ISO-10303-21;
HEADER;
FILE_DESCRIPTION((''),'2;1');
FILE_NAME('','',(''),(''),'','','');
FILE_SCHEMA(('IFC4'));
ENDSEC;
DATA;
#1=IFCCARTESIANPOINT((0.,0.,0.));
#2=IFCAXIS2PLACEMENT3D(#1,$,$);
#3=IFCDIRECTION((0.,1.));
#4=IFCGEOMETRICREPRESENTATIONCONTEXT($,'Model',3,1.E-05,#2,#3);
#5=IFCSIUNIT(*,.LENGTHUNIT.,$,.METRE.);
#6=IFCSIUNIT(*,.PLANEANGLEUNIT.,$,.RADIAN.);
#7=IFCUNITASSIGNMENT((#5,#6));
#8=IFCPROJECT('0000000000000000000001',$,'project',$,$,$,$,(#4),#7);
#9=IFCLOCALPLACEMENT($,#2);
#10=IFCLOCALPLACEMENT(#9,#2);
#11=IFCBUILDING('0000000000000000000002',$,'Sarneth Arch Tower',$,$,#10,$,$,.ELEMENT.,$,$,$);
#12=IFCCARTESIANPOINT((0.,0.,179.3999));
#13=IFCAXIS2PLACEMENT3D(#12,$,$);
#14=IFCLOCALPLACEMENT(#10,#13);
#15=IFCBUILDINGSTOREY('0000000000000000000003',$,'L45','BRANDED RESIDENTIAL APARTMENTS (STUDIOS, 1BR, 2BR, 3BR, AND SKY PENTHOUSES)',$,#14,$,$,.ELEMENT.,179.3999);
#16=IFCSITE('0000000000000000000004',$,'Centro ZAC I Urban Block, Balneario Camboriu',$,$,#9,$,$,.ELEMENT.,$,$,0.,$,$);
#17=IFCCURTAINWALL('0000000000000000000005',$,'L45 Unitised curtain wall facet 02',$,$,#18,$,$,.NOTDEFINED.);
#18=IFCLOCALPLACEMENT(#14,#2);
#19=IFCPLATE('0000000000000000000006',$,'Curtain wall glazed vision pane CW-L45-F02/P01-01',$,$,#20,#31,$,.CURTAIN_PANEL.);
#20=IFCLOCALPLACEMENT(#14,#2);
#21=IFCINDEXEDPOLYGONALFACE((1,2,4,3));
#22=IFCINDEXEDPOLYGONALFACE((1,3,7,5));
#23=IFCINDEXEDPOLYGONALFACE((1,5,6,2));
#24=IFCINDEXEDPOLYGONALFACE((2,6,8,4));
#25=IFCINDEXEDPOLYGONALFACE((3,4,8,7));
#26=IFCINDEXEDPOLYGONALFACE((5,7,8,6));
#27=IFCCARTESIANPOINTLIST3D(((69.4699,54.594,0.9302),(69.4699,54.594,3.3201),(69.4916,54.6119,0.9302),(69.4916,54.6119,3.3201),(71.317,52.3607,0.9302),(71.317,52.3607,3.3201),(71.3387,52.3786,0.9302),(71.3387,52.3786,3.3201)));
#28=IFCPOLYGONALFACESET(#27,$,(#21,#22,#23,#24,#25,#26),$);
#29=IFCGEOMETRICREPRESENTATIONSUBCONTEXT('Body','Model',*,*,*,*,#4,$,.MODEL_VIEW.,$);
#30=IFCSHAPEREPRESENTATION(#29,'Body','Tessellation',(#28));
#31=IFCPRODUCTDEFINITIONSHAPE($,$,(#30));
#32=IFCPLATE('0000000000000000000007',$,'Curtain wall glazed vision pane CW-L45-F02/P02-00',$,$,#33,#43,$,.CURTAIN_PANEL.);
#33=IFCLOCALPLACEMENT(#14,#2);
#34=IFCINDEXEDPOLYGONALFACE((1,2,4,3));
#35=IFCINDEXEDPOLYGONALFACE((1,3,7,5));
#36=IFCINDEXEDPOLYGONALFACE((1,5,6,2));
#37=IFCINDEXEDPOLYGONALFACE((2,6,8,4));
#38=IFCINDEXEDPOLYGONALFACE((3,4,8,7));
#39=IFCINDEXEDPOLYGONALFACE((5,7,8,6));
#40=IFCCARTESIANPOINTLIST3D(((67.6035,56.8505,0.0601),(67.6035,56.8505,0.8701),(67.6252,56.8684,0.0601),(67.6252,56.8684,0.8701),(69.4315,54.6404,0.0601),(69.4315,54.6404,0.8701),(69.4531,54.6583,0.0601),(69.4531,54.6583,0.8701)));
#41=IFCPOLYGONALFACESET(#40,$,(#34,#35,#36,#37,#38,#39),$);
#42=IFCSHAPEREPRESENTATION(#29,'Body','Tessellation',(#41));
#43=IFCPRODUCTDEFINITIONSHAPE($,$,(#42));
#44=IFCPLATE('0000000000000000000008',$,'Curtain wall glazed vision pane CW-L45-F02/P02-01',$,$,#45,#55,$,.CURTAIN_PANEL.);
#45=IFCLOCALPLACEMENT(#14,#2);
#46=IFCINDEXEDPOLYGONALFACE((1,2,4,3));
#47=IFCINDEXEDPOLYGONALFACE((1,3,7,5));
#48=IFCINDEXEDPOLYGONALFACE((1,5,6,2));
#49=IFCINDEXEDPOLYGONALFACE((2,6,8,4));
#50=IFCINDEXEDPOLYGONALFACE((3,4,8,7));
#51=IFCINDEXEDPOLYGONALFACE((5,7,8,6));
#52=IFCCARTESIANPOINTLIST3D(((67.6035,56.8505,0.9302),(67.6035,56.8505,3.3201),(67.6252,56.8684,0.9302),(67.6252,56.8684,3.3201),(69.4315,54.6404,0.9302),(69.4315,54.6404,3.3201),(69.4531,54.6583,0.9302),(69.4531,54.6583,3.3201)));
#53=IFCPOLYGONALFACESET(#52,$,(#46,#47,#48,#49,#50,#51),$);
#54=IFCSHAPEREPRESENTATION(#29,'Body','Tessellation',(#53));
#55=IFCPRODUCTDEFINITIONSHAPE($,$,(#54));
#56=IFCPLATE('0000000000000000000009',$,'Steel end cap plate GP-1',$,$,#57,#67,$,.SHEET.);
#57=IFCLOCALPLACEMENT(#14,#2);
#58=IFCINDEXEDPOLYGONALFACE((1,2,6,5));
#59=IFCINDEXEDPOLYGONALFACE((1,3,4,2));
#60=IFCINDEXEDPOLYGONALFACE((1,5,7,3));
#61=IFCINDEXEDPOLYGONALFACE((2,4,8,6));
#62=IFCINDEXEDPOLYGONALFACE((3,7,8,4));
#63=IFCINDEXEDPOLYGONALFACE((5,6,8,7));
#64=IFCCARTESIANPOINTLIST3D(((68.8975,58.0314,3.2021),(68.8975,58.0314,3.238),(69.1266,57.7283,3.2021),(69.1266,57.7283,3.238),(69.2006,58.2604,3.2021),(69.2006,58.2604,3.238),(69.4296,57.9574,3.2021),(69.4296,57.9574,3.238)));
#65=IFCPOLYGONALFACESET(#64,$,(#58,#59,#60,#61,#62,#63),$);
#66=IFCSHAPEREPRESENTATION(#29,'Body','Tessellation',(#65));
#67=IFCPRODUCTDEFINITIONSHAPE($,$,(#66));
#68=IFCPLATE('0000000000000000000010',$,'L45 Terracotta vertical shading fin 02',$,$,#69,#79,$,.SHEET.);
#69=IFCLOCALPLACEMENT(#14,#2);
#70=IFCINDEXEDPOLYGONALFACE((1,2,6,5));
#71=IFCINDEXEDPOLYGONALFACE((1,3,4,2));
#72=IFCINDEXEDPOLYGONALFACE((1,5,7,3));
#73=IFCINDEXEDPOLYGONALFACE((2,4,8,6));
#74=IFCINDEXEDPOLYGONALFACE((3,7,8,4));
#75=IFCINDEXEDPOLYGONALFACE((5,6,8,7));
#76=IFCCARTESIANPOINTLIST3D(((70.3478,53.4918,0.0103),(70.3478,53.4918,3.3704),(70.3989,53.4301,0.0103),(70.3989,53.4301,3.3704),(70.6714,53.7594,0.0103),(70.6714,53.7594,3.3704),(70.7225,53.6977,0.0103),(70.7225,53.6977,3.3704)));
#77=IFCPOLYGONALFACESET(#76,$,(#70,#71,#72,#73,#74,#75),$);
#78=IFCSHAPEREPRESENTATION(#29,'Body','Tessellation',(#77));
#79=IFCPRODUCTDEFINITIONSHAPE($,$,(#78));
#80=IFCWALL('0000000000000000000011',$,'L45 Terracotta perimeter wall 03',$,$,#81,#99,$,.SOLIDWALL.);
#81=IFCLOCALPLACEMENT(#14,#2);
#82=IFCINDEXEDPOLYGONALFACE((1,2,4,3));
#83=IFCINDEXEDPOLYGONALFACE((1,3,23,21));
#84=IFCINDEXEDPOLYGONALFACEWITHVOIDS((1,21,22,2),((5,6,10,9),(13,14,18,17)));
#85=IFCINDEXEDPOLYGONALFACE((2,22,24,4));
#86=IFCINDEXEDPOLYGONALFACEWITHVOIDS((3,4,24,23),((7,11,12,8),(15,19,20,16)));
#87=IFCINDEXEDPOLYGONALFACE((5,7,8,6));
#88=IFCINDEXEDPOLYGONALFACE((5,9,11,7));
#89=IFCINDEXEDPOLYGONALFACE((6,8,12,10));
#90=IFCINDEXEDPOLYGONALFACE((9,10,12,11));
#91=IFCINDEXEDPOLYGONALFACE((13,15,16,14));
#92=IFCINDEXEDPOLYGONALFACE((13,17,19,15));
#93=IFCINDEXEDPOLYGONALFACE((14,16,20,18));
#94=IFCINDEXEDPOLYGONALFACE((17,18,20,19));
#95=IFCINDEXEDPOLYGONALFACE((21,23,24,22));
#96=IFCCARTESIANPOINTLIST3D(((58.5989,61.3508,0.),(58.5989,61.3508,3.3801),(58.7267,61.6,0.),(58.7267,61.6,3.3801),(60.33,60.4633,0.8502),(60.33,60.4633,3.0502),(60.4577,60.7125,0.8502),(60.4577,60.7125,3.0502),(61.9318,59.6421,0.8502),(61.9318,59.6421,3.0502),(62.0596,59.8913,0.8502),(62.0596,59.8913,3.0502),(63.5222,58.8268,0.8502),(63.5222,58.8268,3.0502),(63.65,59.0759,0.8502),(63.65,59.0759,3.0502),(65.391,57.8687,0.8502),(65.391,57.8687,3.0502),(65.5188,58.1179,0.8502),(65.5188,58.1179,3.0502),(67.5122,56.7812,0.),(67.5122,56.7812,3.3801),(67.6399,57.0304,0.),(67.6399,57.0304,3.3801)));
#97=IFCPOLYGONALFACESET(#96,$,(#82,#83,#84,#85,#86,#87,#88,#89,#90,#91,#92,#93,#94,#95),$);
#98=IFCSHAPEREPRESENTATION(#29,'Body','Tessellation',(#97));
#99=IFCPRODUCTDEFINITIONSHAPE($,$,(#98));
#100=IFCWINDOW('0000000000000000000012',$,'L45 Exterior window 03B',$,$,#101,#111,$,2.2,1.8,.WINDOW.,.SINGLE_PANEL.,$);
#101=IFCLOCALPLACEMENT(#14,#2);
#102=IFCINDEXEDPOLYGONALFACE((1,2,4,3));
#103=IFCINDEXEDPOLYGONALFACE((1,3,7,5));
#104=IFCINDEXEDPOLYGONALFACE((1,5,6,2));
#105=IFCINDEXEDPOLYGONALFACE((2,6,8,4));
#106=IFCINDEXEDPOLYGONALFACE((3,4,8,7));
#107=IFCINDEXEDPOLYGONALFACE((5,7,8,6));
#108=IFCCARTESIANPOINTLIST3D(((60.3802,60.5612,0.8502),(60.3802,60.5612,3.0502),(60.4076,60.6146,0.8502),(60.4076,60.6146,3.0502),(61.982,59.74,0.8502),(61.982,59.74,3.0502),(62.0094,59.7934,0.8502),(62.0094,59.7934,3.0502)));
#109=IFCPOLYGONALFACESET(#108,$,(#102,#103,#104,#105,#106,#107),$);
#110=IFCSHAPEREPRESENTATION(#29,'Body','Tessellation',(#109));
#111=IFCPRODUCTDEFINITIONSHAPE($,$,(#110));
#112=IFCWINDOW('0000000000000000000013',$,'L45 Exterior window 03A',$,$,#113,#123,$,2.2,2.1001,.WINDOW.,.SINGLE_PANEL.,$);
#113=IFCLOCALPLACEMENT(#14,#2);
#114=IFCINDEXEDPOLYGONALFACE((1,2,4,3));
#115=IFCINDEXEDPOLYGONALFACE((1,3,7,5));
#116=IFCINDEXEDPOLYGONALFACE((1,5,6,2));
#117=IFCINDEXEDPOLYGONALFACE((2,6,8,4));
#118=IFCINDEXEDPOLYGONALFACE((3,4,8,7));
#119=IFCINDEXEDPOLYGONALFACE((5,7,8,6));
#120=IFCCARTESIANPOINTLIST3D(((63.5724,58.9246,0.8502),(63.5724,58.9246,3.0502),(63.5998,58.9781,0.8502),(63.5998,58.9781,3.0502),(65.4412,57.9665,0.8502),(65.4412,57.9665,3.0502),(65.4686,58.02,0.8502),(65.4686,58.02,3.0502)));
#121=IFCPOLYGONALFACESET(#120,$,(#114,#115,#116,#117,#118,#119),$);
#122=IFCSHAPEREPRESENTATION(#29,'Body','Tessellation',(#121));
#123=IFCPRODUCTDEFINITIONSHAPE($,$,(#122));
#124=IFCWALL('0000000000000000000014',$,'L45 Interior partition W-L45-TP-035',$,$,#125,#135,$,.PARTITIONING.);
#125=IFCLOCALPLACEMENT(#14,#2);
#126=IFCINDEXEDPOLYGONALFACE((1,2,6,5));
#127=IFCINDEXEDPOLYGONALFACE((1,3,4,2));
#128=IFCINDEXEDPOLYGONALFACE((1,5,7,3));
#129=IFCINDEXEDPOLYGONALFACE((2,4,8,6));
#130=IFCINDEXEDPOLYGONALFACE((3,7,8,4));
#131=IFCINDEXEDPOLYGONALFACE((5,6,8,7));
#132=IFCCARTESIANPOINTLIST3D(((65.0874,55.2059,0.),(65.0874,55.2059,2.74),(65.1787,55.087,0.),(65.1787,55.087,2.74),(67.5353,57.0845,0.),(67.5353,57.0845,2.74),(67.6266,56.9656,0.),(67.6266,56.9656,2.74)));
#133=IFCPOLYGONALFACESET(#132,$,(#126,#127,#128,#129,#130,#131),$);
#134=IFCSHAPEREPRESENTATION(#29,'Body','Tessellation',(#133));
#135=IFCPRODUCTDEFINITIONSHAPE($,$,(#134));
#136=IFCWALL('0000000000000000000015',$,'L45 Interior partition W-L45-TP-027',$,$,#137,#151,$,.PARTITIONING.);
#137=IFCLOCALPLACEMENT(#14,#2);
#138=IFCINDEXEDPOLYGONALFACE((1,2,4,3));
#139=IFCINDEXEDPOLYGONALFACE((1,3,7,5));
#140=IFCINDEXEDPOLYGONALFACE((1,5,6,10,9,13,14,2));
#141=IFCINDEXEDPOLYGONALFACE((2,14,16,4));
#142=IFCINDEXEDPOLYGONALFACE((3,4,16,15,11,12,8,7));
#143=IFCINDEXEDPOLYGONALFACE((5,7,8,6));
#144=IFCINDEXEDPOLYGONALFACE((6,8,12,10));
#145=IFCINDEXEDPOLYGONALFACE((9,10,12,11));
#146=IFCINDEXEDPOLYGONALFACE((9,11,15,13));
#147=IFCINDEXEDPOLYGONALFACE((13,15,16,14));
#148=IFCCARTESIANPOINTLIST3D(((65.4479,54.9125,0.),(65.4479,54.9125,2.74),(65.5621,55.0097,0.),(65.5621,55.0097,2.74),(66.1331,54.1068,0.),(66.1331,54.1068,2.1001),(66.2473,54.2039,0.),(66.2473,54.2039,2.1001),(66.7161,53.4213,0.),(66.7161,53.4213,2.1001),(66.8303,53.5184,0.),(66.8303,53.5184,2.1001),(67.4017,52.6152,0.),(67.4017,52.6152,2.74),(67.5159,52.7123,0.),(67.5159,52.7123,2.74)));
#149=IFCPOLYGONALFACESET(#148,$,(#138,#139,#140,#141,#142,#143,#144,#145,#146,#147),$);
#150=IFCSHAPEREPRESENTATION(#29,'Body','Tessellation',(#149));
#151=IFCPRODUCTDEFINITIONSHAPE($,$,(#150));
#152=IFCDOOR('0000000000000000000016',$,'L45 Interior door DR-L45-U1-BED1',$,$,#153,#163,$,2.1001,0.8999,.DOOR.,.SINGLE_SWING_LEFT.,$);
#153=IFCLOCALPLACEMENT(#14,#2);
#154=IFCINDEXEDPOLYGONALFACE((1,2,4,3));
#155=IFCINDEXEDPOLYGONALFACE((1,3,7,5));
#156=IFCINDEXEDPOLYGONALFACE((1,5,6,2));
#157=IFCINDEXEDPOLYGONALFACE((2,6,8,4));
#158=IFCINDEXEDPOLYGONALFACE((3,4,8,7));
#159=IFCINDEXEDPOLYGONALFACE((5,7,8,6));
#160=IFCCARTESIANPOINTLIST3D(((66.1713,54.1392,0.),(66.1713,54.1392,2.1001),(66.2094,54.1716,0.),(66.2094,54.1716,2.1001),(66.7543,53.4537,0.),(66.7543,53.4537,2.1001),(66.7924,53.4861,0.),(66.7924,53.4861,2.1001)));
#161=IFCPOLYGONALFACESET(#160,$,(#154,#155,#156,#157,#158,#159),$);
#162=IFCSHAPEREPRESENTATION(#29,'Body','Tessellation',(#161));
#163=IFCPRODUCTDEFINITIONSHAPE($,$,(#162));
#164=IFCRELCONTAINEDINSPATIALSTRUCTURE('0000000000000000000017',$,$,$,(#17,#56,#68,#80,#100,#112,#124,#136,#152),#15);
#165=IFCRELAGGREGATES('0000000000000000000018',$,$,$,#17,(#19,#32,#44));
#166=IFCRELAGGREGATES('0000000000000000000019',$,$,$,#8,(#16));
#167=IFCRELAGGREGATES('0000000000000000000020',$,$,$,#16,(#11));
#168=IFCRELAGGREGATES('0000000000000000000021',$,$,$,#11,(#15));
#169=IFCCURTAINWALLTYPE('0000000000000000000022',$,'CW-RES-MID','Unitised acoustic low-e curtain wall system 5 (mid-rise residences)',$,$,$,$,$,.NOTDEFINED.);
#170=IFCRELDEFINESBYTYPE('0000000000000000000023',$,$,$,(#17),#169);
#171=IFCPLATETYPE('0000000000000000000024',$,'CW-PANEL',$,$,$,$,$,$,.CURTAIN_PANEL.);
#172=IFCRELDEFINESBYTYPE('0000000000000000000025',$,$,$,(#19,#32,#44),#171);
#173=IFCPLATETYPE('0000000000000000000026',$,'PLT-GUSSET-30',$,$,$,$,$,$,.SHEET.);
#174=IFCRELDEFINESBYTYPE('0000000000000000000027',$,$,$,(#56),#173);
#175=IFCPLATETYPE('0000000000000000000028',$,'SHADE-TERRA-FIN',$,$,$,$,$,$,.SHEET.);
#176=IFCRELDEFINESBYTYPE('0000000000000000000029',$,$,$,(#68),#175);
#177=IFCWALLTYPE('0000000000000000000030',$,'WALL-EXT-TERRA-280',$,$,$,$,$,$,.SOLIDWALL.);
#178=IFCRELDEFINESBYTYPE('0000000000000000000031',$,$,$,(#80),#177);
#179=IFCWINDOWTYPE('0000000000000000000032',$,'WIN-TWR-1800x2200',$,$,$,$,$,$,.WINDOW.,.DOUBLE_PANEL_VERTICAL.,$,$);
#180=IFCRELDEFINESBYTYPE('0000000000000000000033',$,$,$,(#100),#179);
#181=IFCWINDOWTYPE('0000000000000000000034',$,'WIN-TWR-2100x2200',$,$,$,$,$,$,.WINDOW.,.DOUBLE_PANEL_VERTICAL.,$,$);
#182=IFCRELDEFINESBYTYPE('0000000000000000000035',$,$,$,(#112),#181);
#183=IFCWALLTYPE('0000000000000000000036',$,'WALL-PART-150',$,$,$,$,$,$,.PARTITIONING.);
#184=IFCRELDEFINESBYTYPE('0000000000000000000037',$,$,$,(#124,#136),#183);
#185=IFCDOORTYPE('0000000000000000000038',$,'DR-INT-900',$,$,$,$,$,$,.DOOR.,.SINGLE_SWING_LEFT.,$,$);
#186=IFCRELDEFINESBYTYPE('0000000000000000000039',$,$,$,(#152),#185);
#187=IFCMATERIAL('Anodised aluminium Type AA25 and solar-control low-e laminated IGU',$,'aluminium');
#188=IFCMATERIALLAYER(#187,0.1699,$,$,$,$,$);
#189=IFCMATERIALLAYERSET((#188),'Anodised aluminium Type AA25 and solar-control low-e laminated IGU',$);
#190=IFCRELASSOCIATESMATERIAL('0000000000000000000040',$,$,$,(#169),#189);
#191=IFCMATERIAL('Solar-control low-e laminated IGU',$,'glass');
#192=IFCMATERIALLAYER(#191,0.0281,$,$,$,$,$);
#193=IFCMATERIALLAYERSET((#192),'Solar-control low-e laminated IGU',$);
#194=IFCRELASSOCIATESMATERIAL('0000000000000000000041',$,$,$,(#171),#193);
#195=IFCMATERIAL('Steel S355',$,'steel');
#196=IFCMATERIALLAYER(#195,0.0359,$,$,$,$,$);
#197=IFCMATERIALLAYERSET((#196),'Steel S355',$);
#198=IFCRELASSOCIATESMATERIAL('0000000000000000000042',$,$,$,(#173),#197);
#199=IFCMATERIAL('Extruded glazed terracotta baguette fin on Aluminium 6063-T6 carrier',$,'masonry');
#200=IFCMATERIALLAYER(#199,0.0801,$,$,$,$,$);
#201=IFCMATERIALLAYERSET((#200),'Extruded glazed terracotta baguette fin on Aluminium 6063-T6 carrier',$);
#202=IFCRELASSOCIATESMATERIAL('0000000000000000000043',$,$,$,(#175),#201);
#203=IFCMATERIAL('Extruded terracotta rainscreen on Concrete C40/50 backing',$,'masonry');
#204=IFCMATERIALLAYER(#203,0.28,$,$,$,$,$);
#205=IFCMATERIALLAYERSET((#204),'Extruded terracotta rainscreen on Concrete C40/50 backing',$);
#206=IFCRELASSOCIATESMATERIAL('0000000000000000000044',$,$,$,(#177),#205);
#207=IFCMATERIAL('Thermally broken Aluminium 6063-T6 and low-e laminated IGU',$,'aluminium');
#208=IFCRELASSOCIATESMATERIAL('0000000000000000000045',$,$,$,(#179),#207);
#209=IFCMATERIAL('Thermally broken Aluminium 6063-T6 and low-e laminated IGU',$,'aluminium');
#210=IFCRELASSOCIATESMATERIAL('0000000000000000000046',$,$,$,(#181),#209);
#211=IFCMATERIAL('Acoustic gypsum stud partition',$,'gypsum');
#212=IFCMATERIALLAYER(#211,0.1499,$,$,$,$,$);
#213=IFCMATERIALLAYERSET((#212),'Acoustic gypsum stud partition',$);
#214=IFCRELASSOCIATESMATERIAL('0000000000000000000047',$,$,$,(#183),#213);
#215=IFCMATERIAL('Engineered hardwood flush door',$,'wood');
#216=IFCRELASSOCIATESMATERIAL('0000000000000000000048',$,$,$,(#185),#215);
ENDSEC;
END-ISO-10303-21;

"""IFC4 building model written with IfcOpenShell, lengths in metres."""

from ifc_helpers import new_model, si_unit, direction, frame, frame_2d, origin, origin_2d, place, context, subcontext, project, spatial, rectangle, extrude, material, layer, layer_set, type_object, element, fill, aggregate, save


model = new_model("IFC4")

# Units and contexts
model_context = context("Model", 3, precision=1e-05, world=origin(), true_north=direction((0.0, 1.0)))
body_context = subcontext(model_context, "Body", "Model", "MODEL_VIEW")
ifc_project = project(units=[si_unit("LENGTHUNIT", "METRE"), si_unit("PLANEANGLEUNIT", "RADIAN")], contexts=[model_context])

# Site, building, storey
site_placement = place(None, origin())
site = spatial("IfcSite", under=ifc_project, at=site_placement, Name="Centro ZAC I Urban Block, Balneario Camboriu", CompositionType="ELEMENT", RefElevation=0.0)
building_placement = place(site_placement, origin())
building = spatial("IfcBuilding", under=site, at=building_placement, Name="Sarneth Arch Tower", CompositionType="ELEMENT")
storey_placement = place(building_placement, frame((0.0, 0.0, 179.3999)))
storey = spatial("IfcBuildingStorey", under=building, at=storey_placement, Name="L45", Description="BRANDED RESIDENTIAL APARTMENTS (STUDIOS, 1BR, 2BR, 3BR, AND SKY PENTHOUSES)", CompositionType="ELEMENT", Elevation=179.3999)

# Curtain wall
ifc_material_1 = material(Name="Anodised aluminium Type AA25 and solar-control low-e laminated IGU", Category="aluminium")
ifc_layer_1 = layer(ifc_material_1, 0.1699)
ifc_layer_set_1 = layer_set([ifc_layer_1], Name="Anodised aluminium Type AA25 and solar-control low-e laminated IGU")
curtain_wall_type = type_object("IfcCurtainWallType", Name="CW-RES-MID", Description="Unitised acoustic low-e curtain wall system 5 (mid-rise residences)", PredefinedType="NOTDEFINED", material=ifc_layer_set_1)
curtain_wall_placement = place(storey_placement, origin())
curtain_wall = element("IfcCurtainWall", 1, at=curtain_wall_placement, inside=storey, type_object=curtain_wall_type, Name="L45 Unitised curtain wall facet 02", PredefinedType="NOTDEFINED")

# Plates
ifc_material_2 = material(Name="Solar-control low-e laminated IGU", Category="glass")
ifc_layer_2 = layer(ifc_material_2, 0.0281)
ifc_layer_set_2 = layer_set([ifc_layer_2], Name="Solar-control low-e laminated IGU")
plate_type_1 = type_object("IfcPlateType", Name="CW-PANEL", PredefinedType="CURTAIN_PANEL", material=ifc_layer_set_2)
plate_1_placement = place(storey_placement, frame((70.4043, 53.4863, 0.9302), z_axis=(0.0, 0.0, 1.0), x_axis=(-0.63733, 0.770591, 0.0)))
plate_1 = element("IfcPlate", 2, at=plate_1_placement, type_object=plate_type_1, Name="Curtain wall glazed vision pane CW-L45-F02/P01-01", PredefinedType="CURTAIN_PANEL", context=body_context, shape_type="SweptSolid", body=[
    extrude(rectangle(XDim=2.8982, YDim=0.0281, at=origin_2d()), origin(), (0.0, 0.0, 1.0), 2.3899),
])
plate_2_placement = place(storey_placement, frame((68.5283, 55.7544, 0.0601), z_axis=(0.0, 0.0, 1.0), x_axis=(-0.63733, 0.770591, 0.0)))
plate_2 = element("IfcPlate", 3, at=plate_2_placement, type_object=plate_type_1, Name="Curtain wall glazed vision pane CW-L45-F02/P02-00", PredefinedType="CURTAIN_PANEL", context=body_context, shape_type="SweptSolid", body=[
    extrude(rectangle(XDim=2.8682, YDim=0.0281, at=origin_2d()), origin(), (0.0, 0.0, 1.0), 0.8101),
])
plate_3_placement = place(storey_placement, frame((68.5283, 55.7544, 0.9302), z_axis=(0.0, 0.0, 1.0), x_axis=(-0.63733, 0.770591, 0.0)))
plate_3 = element("IfcPlate", 4, at=plate_3_placement, type_object=plate_type_1, Name="Curtain wall glazed vision pane CW-L45-F02/P02-01", PredefinedType="CURTAIN_PANEL", context=body_context, shape_type="SweptSolid", body=[
    extrude(rectangle(XDim=2.8682, YDim=0.0281, at=origin_2d()), origin(), (0.0, 0.0, 1.0), 2.3899),
])
aggregate(curtain_wall, [plate_1, plate_2, plate_3])

# Plates
ifc_material_3 = material(Name="Steel S355", Category="steel")
ifc_layer_3 = layer(ifc_material_3, 0.0359)
ifc_layer_set_3 = layer_set([ifc_layer_3], Name="Steel S355")
plate_type_2 = type_object("IfcPlateType", Name="PLT-GUSSET-30", PredefinedType="SHEET", material=ifc_layer_set_3)
plate_4_placement = place(storey_placement, frame((69.1636, 57.9944, 3.2021), z_axis=(0.0, 0.0, 1.0), x_axis=(0.797794, 0.60293, 0.0)))
element("IfcPlate", 5, at=plate_4_placement, inside=storey, type_object=plate_type_2, Name="Steel end cap plate GP-1", PredefinedType="SHEET", context=body_context, shape_type="SweptSolid", body=[
    extrude(rectangle(XDim=0.3799, YDim=0.3799, at=origin_2d()), origin(), (0.0, 0.0, 1.0), 0.0359),
])
ifc_material_4 = material(Name="Extruded glazed terracotta baguette fin on Aluminium 6063-T6 carrier", Category="masonry")
ifc_layer_4 = layer(ifc_material_4, 0.0801)
ifc_layer_set_4 = layer_set([ifc_layer_4], Name="Extruded glazed terracotta baguette fin on Aluminium 6063-T6 carrier")
plate_type_3 = type_object("IfcPlateType", Name="SHADE-TERRA-FIN", PredefinedType="SHEET", material=ifc_layer_set_4)
plate_5_placement = place(storey_placement, frame((70.5352, 53.5947, 0.0103), z_axis=(0.0, 0.0, 1.0), x_axis=(0.770624, 0.63729, 0.0)))
element("IfcPlate", 6, at=plate_5_placement, inside=storey, type_object=plate_type_3, Name="L45 Terracotta vertical shading fin 02", PredefinedType="SHEET", context=body_context, shape_type="SweptSolid", body=[
    extrude(rectangle(XDim=0.4199, YDim=0.0801, at=origin_2d()), origin(), (0.0, 0.0, 1.0), 3.3601),
])

# Wall, openings, windows
ifc_material_5 = material(Name="Extruded terracotta rainscreen on Concrete C40/50 backing", Category="masonry")
ifc_layer_5 = layer(ifc_material_5, 0.28)
ifc_layer_set_5 = layer_set([ifc_layer_5], Name="Extruded terracotta rainscreen on Concrete C40/50 backing")
wall_type_1 = type_object("IfcWallType", Name="WALL-EXT-TERRA-280", PredefinedType="SOLIDWALL", material=ifc_layer_set_5)
wall_1_placement = place(storey_placement, frame((67.5762, 56.9058, 0.0), z_axis=(0.0, 0.0, 1.0), x_axis=(-0.889873, 0.456209, 0.0)))
wall_1 = element("IfcWall", 7, at=wall_1_placement, inside=storey, type_object=wall_type_1, Name="L45 Terracotta perimeter wall 03", PredefinedType="SOLIDWALL", context=body_context, shape_type="SweptSolid", body=[
    extrude(rectangle(XDim=10.0164, YDim=0.28, at=frame_2d((5.0083, 0.0))), origin(), (0.0, 0.0, 1.0), 3.3801),
])
opening_1_placement = place(wall_1_placement, frame((2.3838, 0.0, 0.8501)))
opening_1 = element("IfcOpeningElement", 8, at=opening_1_placement, cuts=wall_1, PredefinedType="OPENING", context=body_context, shape_type="SweptSolid", body=[
    extrude(rectangle(XDim=2.1001, YDim=2.2, at=frame_2d((1.05, 1.1001))), frame((0.0, 0.1499, 0.0), z_axis=(0.0, -1.0, 0.0), x_axis=(1.0, 0.0, 0.0)), (0.0, 0.0, 1.0), 0.3),
])
opening_2_placement = place(wall_1_placement, frame((6.2712, 0.0, 0.8501)))
opening_2 = element("IfcOpeningElement", 9, at=opening_2_placement, cuts=wall_1, PredefinedType="OPENING", context=body_context, shape_type="SweptSolid", body=[
    extrude(rectangle(XDim=1.8, YDim=2.2, at=frame_2d((0.8999, 1.1001))), frame((0.0, 0.1499, 0.0), z_axis=(0.0, -1.0, 0.0), x_axis=(1.0, 0.0, 0.0)), (0.0, 0.0, 1.0), 0.3),
])
ifc_material_6 = material(Name="Thermally broken Aluminium 6063-T6 and low-e laminated IGU", Category="aluminium")
window_type_1 = type_object("IfcWindowType", Name="WIN-TWR-1800x2200", PartitioningType="DOUBLE_PANEL_VERTICAL", PredefinedType="WINDOW", material=ifc_material_6)
window_1_placement = place(opening_2_placement, origin())
window_1 = element("IfcWindow", 10, at=window_1_placement, inside=storey, type_object=window_type_1, Name="L45 Exterior window 03B", OverallHeight=2.2, OverallWidth=1.8, PartitioningType="SINGLE_PANEL", PredefinedType="WINDOW", context=body_context, shape_type="SweptSolid", body=[
    extrude(rectangle(XDim=1.8, YDim=2.2, at=frame_2d((0.8999, 1.1001))), frame((0.0, 0.03, 0.0), z_axis=(0.0, -1.0, 0.0), x_axis=(1.0, 0.0, 0.0)), (0.0, 0.0, 1.0), 0.0601),
])
fill(opening_2, window_1)
ifc_material_7 = material(Name="Thermally broken Aluminium 6063-T6 and low-e laminated IGU", Category="aluminium")
window_type_2 = type_object("IfcWindowType", Name="WIN-TWR-2100x2200", PartitioningType="DOUBLE_PANEL_VERTICAL", PredefinedType="WINDOW", material=ifc_material_7)
window_2_placement = place(opening_1_placement, origin())
window_2 = element("IfcWindow", 11, at=window_2_placement, inside=storey, type_object=window_type_2, Name="L45 Exterior window 03A", OverallHeight=2.2, OverallWidth=2.1001, PartitioningType="SINGLE_PANEL", PredefinedType="WINDOW", context=body_context, shape_type="SweptSolid", body=[
    extrude(rectangle(XDim=2.1001, YDim=2.2, at=frame_2d((1.05, 1.1001))), frame((0.0, 0.03, 0.0), z_axis=(0.0, -1.0, 0.0), x_axis=(1.0, 0.0, 0.0)), (0.0, 0.0, 1.0), 0.0601),
])
fill(opening_1, window_2)

# Wall
ifc_material_8 = material(Name="Acoustic gypsum stud partition", Category="gypsum")
ifc_layer_6 = layer(ifc_material_8, 0.1499)
ifc_layer_set_6 = layer_set([ifc_layer_6], Name="Acoustic gypsum stud partition")
wall_type_2 = type_object("IfcWallType", Name="WALL-PART-150", PredefinedType="PARTITIONING", material=ifc_layer_set_6)
wall_2_placement = place(storey_placement, frame((67.5811, 57.0251, 0.0), z_axis=(0.0, 0.0, 1.0), x_axis=(-0.793315, -0.608812, 0.0)))
element("IfcWall", 12, at=wall_2_placement, inside=storey, type_object=wall_type_2, Name="L45 Interior partition W-L45-TP-035", PredefinedType="PARTITIONING", context=body_context, shape_type="SweptSolid", body=[
    extrude(rectangle(XDim=3.0857, YDim=0.1499, at=frame_2d((1.543, 0.0))), origin(), (0.0, 0.0, 1.0), 2.74),
])

# Wall, opening, door
wall_3_placement = place(storey_placement, frame((67.4587, 52.6638, 0.0), z_axis=(0.0, 0.0, 1.0), x_axis=(-0.64786, 0.76176, 0.0)))
wall_3 = element("IfcWall", 13, at=wall_3_placement, inside=storey, type_object=wall_type_2, Name="L45 Interior partition W-L45-TP-027", PredefinedType="PARTITIONING", context=body_context, shape_type="SweptSolid", body=[
    extrude(rectangle(XDim=3.0159, YDim=0.1499, at=frame_2d((1.5078, 0.0))), origin(), (0.0, 0.0, 1.0), 2.74),
])
opening_3_placement = place(wall_3_placement, frame((1.0581, 0.0, 0.0)))
opening_3 = element("IfcOpeningElement", 14, at=opening_3_placement, cuts=wall_3, PredefinedType="OPENING", context=body_context, shape_type="SweptSolid", body=[
    extrude(rectangle(XDim=0.8999, YDim=2.1001, at=frame_2d((0.45, 1.05))), frame((0.0, 0.085, 0.0), z_axis=(0.0, -1.0, 0.0), x_axis=(1.0, 0.0, 0.0)), (0.0, 0.0, 1.0), 0.1699),
])
ifc_material_9 = material(Name="Engineered hardwood flush door", Category="wood")
door_type = type_object("IfcDoorType", Name="DR-INT-900", OperationType="SINGLE_SWING_LEFT", PredefinedType="DOOR", material=ifc_material_9)
door_placement = place(opening_3_placement, origin())
door = element("IfcDoor", 15, at=door_placement, inside=storey, type_object=door_type, Name="L45 Interior door DR-L45-U1-BED1", OperationType="SINGLE_SWING_LEFT", OverallHeight=2.1001, OverallWidth=0.8999, PredefinedType="DOOR", context=body_context, shape_type="SweptSolid", body=[
    extrude(rectangle(XDim=0.8999, YDim=2.1001, at=frame_2d((0.45, 1.05))), frame((0.0, 0.0249, 0.0), z_axis=(0.0, -1.0, 0.0), x_axis=(1.0, 0.0, 0.0)), (0.0, 0.0, 1.0), 0.05),
])
fill(opening_3, door)

save(model, "model.ifc")
